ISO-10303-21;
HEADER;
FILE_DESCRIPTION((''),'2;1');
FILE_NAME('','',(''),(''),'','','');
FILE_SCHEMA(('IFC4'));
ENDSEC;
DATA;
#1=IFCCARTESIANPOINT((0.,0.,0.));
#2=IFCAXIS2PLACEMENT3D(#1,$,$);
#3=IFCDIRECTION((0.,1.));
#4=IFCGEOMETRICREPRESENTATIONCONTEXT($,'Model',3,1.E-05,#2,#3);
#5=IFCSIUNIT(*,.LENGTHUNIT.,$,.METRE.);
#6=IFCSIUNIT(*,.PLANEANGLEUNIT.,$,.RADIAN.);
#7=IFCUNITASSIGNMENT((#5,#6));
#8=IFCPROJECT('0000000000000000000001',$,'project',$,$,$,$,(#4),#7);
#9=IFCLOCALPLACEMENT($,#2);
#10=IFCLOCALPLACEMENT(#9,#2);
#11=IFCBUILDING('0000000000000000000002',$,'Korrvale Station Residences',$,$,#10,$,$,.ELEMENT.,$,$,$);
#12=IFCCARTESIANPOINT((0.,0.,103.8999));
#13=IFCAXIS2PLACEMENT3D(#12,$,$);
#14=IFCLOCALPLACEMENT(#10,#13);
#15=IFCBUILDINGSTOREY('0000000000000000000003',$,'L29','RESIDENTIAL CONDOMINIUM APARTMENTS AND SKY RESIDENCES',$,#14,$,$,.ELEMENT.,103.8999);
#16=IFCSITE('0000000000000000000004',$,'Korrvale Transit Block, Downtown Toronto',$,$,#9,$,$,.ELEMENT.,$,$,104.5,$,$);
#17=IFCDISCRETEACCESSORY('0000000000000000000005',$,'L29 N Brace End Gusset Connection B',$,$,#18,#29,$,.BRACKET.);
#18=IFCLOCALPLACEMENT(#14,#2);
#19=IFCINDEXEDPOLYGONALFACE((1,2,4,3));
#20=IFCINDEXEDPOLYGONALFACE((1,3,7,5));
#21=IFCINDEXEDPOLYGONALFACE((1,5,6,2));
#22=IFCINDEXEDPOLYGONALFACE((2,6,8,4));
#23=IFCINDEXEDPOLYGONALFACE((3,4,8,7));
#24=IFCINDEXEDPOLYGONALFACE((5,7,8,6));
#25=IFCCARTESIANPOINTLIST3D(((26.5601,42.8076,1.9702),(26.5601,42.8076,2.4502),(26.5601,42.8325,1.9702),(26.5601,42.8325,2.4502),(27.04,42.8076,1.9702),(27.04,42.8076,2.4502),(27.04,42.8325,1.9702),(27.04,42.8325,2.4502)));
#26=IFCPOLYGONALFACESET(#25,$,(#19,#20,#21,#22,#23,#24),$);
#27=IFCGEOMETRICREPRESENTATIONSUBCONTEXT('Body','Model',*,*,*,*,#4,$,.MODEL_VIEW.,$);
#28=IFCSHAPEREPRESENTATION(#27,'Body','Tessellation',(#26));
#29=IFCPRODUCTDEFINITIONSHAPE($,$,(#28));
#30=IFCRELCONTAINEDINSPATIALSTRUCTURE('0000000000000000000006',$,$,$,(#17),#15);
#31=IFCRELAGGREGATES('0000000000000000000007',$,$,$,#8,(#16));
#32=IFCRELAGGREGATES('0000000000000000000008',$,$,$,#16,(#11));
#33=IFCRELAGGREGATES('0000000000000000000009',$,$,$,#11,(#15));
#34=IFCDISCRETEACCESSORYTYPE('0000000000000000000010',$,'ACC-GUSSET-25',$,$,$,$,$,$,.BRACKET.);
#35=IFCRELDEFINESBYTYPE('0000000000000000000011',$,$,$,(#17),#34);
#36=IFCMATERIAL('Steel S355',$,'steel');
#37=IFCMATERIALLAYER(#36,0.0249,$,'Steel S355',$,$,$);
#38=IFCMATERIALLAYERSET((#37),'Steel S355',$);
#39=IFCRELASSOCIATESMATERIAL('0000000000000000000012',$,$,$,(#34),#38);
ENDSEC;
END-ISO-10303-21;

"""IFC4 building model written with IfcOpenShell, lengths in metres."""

from ifc_helpers import new_model, si_unit, direction, frame, origin, origin_2d, place, context, subcontext, project, spatial, rectangle, extrude, material, layer, layer_set, type_object, element, save


model = new_model("IFC4")

# Units and contexts
model_context = context("Model", 3, precision=1e-05, world=origin(), true_north=direction((0.0, 1.0)))
body_context = subcontext(model_context, "Body", "Model", "MODEL_VIEW")
ifc_project = project(units=[si_unit("LENGTHUNIT", "METRE"), si_unit("PLANEANGLEUNIT", "RADIAN")], contexts=[model_context])

# Site, building, storey
site_placement = place(None, origin())
site = spatial("IfcSite", under=ifc_project, at=site_placement, Name="Korrvale Transit Block, Downtown Toronto", CompositionType="ELEMENT", RefElevation=104.5)
building_placement = place(site_placement, origin())
building = spatial("IfcBuilding", under=site, at=building_placement, Name="Korrvale Station Residences", CompositionType="ELEMENT")
storey_placement = place(building_placement, frame((0.0, 0.0, 103.8999)))
storey = spatial("IfcBuildingStorey", under=building, at=storey_placement, Name="L29", Description="RESIDENTIAL CONDOMINIUM APARTMENTS AND SKY RESIDENCES", CompositionType="ELEMENT", Elevation=103.8999)

# Shared definitions
ifc_material_1 = material(Name="Steel S355", Category="steel")

# Discrete accessory
ifc_layer_1 = layer(ifc_material_1, 0.0249, Name="Steel S355")
ifc_layer_set_1 = layer_set([ifc_layer_1], Name="Steel S355")
discrete_accessory_type = type_object("IfcDiscreteAccessoryType", Name="ACC-GUSSET-25", PredefinedType="BRACKET", material=ifc_layer_set_1)
for number, where, z_axis, x_axis, name in (
    (1, (26.8, 42.8201, 1.9702), (0.0, 0.0, 1.0), (1.0, 0.0, 0.0), "L29 N Brace End Gusset Connection B"),
):
    element("IfcDiscreteAccessory", number, at=place(storey_placement, frame(where, z_axis=z_axis, x_axis=x_axis)), inside=storey, type_object=discrete_accessory_type, Name=name, PredefinedType="BRACKET", context=body_context, shape_type="SweptSolid", body=[
        extrude(rectangle(XDim=0.48, YDim=0.0249, at=origin_2d()), origin(), (0.0, 0.0, 1.0), 0.48),
    ])

save(model, "model.ifc")
